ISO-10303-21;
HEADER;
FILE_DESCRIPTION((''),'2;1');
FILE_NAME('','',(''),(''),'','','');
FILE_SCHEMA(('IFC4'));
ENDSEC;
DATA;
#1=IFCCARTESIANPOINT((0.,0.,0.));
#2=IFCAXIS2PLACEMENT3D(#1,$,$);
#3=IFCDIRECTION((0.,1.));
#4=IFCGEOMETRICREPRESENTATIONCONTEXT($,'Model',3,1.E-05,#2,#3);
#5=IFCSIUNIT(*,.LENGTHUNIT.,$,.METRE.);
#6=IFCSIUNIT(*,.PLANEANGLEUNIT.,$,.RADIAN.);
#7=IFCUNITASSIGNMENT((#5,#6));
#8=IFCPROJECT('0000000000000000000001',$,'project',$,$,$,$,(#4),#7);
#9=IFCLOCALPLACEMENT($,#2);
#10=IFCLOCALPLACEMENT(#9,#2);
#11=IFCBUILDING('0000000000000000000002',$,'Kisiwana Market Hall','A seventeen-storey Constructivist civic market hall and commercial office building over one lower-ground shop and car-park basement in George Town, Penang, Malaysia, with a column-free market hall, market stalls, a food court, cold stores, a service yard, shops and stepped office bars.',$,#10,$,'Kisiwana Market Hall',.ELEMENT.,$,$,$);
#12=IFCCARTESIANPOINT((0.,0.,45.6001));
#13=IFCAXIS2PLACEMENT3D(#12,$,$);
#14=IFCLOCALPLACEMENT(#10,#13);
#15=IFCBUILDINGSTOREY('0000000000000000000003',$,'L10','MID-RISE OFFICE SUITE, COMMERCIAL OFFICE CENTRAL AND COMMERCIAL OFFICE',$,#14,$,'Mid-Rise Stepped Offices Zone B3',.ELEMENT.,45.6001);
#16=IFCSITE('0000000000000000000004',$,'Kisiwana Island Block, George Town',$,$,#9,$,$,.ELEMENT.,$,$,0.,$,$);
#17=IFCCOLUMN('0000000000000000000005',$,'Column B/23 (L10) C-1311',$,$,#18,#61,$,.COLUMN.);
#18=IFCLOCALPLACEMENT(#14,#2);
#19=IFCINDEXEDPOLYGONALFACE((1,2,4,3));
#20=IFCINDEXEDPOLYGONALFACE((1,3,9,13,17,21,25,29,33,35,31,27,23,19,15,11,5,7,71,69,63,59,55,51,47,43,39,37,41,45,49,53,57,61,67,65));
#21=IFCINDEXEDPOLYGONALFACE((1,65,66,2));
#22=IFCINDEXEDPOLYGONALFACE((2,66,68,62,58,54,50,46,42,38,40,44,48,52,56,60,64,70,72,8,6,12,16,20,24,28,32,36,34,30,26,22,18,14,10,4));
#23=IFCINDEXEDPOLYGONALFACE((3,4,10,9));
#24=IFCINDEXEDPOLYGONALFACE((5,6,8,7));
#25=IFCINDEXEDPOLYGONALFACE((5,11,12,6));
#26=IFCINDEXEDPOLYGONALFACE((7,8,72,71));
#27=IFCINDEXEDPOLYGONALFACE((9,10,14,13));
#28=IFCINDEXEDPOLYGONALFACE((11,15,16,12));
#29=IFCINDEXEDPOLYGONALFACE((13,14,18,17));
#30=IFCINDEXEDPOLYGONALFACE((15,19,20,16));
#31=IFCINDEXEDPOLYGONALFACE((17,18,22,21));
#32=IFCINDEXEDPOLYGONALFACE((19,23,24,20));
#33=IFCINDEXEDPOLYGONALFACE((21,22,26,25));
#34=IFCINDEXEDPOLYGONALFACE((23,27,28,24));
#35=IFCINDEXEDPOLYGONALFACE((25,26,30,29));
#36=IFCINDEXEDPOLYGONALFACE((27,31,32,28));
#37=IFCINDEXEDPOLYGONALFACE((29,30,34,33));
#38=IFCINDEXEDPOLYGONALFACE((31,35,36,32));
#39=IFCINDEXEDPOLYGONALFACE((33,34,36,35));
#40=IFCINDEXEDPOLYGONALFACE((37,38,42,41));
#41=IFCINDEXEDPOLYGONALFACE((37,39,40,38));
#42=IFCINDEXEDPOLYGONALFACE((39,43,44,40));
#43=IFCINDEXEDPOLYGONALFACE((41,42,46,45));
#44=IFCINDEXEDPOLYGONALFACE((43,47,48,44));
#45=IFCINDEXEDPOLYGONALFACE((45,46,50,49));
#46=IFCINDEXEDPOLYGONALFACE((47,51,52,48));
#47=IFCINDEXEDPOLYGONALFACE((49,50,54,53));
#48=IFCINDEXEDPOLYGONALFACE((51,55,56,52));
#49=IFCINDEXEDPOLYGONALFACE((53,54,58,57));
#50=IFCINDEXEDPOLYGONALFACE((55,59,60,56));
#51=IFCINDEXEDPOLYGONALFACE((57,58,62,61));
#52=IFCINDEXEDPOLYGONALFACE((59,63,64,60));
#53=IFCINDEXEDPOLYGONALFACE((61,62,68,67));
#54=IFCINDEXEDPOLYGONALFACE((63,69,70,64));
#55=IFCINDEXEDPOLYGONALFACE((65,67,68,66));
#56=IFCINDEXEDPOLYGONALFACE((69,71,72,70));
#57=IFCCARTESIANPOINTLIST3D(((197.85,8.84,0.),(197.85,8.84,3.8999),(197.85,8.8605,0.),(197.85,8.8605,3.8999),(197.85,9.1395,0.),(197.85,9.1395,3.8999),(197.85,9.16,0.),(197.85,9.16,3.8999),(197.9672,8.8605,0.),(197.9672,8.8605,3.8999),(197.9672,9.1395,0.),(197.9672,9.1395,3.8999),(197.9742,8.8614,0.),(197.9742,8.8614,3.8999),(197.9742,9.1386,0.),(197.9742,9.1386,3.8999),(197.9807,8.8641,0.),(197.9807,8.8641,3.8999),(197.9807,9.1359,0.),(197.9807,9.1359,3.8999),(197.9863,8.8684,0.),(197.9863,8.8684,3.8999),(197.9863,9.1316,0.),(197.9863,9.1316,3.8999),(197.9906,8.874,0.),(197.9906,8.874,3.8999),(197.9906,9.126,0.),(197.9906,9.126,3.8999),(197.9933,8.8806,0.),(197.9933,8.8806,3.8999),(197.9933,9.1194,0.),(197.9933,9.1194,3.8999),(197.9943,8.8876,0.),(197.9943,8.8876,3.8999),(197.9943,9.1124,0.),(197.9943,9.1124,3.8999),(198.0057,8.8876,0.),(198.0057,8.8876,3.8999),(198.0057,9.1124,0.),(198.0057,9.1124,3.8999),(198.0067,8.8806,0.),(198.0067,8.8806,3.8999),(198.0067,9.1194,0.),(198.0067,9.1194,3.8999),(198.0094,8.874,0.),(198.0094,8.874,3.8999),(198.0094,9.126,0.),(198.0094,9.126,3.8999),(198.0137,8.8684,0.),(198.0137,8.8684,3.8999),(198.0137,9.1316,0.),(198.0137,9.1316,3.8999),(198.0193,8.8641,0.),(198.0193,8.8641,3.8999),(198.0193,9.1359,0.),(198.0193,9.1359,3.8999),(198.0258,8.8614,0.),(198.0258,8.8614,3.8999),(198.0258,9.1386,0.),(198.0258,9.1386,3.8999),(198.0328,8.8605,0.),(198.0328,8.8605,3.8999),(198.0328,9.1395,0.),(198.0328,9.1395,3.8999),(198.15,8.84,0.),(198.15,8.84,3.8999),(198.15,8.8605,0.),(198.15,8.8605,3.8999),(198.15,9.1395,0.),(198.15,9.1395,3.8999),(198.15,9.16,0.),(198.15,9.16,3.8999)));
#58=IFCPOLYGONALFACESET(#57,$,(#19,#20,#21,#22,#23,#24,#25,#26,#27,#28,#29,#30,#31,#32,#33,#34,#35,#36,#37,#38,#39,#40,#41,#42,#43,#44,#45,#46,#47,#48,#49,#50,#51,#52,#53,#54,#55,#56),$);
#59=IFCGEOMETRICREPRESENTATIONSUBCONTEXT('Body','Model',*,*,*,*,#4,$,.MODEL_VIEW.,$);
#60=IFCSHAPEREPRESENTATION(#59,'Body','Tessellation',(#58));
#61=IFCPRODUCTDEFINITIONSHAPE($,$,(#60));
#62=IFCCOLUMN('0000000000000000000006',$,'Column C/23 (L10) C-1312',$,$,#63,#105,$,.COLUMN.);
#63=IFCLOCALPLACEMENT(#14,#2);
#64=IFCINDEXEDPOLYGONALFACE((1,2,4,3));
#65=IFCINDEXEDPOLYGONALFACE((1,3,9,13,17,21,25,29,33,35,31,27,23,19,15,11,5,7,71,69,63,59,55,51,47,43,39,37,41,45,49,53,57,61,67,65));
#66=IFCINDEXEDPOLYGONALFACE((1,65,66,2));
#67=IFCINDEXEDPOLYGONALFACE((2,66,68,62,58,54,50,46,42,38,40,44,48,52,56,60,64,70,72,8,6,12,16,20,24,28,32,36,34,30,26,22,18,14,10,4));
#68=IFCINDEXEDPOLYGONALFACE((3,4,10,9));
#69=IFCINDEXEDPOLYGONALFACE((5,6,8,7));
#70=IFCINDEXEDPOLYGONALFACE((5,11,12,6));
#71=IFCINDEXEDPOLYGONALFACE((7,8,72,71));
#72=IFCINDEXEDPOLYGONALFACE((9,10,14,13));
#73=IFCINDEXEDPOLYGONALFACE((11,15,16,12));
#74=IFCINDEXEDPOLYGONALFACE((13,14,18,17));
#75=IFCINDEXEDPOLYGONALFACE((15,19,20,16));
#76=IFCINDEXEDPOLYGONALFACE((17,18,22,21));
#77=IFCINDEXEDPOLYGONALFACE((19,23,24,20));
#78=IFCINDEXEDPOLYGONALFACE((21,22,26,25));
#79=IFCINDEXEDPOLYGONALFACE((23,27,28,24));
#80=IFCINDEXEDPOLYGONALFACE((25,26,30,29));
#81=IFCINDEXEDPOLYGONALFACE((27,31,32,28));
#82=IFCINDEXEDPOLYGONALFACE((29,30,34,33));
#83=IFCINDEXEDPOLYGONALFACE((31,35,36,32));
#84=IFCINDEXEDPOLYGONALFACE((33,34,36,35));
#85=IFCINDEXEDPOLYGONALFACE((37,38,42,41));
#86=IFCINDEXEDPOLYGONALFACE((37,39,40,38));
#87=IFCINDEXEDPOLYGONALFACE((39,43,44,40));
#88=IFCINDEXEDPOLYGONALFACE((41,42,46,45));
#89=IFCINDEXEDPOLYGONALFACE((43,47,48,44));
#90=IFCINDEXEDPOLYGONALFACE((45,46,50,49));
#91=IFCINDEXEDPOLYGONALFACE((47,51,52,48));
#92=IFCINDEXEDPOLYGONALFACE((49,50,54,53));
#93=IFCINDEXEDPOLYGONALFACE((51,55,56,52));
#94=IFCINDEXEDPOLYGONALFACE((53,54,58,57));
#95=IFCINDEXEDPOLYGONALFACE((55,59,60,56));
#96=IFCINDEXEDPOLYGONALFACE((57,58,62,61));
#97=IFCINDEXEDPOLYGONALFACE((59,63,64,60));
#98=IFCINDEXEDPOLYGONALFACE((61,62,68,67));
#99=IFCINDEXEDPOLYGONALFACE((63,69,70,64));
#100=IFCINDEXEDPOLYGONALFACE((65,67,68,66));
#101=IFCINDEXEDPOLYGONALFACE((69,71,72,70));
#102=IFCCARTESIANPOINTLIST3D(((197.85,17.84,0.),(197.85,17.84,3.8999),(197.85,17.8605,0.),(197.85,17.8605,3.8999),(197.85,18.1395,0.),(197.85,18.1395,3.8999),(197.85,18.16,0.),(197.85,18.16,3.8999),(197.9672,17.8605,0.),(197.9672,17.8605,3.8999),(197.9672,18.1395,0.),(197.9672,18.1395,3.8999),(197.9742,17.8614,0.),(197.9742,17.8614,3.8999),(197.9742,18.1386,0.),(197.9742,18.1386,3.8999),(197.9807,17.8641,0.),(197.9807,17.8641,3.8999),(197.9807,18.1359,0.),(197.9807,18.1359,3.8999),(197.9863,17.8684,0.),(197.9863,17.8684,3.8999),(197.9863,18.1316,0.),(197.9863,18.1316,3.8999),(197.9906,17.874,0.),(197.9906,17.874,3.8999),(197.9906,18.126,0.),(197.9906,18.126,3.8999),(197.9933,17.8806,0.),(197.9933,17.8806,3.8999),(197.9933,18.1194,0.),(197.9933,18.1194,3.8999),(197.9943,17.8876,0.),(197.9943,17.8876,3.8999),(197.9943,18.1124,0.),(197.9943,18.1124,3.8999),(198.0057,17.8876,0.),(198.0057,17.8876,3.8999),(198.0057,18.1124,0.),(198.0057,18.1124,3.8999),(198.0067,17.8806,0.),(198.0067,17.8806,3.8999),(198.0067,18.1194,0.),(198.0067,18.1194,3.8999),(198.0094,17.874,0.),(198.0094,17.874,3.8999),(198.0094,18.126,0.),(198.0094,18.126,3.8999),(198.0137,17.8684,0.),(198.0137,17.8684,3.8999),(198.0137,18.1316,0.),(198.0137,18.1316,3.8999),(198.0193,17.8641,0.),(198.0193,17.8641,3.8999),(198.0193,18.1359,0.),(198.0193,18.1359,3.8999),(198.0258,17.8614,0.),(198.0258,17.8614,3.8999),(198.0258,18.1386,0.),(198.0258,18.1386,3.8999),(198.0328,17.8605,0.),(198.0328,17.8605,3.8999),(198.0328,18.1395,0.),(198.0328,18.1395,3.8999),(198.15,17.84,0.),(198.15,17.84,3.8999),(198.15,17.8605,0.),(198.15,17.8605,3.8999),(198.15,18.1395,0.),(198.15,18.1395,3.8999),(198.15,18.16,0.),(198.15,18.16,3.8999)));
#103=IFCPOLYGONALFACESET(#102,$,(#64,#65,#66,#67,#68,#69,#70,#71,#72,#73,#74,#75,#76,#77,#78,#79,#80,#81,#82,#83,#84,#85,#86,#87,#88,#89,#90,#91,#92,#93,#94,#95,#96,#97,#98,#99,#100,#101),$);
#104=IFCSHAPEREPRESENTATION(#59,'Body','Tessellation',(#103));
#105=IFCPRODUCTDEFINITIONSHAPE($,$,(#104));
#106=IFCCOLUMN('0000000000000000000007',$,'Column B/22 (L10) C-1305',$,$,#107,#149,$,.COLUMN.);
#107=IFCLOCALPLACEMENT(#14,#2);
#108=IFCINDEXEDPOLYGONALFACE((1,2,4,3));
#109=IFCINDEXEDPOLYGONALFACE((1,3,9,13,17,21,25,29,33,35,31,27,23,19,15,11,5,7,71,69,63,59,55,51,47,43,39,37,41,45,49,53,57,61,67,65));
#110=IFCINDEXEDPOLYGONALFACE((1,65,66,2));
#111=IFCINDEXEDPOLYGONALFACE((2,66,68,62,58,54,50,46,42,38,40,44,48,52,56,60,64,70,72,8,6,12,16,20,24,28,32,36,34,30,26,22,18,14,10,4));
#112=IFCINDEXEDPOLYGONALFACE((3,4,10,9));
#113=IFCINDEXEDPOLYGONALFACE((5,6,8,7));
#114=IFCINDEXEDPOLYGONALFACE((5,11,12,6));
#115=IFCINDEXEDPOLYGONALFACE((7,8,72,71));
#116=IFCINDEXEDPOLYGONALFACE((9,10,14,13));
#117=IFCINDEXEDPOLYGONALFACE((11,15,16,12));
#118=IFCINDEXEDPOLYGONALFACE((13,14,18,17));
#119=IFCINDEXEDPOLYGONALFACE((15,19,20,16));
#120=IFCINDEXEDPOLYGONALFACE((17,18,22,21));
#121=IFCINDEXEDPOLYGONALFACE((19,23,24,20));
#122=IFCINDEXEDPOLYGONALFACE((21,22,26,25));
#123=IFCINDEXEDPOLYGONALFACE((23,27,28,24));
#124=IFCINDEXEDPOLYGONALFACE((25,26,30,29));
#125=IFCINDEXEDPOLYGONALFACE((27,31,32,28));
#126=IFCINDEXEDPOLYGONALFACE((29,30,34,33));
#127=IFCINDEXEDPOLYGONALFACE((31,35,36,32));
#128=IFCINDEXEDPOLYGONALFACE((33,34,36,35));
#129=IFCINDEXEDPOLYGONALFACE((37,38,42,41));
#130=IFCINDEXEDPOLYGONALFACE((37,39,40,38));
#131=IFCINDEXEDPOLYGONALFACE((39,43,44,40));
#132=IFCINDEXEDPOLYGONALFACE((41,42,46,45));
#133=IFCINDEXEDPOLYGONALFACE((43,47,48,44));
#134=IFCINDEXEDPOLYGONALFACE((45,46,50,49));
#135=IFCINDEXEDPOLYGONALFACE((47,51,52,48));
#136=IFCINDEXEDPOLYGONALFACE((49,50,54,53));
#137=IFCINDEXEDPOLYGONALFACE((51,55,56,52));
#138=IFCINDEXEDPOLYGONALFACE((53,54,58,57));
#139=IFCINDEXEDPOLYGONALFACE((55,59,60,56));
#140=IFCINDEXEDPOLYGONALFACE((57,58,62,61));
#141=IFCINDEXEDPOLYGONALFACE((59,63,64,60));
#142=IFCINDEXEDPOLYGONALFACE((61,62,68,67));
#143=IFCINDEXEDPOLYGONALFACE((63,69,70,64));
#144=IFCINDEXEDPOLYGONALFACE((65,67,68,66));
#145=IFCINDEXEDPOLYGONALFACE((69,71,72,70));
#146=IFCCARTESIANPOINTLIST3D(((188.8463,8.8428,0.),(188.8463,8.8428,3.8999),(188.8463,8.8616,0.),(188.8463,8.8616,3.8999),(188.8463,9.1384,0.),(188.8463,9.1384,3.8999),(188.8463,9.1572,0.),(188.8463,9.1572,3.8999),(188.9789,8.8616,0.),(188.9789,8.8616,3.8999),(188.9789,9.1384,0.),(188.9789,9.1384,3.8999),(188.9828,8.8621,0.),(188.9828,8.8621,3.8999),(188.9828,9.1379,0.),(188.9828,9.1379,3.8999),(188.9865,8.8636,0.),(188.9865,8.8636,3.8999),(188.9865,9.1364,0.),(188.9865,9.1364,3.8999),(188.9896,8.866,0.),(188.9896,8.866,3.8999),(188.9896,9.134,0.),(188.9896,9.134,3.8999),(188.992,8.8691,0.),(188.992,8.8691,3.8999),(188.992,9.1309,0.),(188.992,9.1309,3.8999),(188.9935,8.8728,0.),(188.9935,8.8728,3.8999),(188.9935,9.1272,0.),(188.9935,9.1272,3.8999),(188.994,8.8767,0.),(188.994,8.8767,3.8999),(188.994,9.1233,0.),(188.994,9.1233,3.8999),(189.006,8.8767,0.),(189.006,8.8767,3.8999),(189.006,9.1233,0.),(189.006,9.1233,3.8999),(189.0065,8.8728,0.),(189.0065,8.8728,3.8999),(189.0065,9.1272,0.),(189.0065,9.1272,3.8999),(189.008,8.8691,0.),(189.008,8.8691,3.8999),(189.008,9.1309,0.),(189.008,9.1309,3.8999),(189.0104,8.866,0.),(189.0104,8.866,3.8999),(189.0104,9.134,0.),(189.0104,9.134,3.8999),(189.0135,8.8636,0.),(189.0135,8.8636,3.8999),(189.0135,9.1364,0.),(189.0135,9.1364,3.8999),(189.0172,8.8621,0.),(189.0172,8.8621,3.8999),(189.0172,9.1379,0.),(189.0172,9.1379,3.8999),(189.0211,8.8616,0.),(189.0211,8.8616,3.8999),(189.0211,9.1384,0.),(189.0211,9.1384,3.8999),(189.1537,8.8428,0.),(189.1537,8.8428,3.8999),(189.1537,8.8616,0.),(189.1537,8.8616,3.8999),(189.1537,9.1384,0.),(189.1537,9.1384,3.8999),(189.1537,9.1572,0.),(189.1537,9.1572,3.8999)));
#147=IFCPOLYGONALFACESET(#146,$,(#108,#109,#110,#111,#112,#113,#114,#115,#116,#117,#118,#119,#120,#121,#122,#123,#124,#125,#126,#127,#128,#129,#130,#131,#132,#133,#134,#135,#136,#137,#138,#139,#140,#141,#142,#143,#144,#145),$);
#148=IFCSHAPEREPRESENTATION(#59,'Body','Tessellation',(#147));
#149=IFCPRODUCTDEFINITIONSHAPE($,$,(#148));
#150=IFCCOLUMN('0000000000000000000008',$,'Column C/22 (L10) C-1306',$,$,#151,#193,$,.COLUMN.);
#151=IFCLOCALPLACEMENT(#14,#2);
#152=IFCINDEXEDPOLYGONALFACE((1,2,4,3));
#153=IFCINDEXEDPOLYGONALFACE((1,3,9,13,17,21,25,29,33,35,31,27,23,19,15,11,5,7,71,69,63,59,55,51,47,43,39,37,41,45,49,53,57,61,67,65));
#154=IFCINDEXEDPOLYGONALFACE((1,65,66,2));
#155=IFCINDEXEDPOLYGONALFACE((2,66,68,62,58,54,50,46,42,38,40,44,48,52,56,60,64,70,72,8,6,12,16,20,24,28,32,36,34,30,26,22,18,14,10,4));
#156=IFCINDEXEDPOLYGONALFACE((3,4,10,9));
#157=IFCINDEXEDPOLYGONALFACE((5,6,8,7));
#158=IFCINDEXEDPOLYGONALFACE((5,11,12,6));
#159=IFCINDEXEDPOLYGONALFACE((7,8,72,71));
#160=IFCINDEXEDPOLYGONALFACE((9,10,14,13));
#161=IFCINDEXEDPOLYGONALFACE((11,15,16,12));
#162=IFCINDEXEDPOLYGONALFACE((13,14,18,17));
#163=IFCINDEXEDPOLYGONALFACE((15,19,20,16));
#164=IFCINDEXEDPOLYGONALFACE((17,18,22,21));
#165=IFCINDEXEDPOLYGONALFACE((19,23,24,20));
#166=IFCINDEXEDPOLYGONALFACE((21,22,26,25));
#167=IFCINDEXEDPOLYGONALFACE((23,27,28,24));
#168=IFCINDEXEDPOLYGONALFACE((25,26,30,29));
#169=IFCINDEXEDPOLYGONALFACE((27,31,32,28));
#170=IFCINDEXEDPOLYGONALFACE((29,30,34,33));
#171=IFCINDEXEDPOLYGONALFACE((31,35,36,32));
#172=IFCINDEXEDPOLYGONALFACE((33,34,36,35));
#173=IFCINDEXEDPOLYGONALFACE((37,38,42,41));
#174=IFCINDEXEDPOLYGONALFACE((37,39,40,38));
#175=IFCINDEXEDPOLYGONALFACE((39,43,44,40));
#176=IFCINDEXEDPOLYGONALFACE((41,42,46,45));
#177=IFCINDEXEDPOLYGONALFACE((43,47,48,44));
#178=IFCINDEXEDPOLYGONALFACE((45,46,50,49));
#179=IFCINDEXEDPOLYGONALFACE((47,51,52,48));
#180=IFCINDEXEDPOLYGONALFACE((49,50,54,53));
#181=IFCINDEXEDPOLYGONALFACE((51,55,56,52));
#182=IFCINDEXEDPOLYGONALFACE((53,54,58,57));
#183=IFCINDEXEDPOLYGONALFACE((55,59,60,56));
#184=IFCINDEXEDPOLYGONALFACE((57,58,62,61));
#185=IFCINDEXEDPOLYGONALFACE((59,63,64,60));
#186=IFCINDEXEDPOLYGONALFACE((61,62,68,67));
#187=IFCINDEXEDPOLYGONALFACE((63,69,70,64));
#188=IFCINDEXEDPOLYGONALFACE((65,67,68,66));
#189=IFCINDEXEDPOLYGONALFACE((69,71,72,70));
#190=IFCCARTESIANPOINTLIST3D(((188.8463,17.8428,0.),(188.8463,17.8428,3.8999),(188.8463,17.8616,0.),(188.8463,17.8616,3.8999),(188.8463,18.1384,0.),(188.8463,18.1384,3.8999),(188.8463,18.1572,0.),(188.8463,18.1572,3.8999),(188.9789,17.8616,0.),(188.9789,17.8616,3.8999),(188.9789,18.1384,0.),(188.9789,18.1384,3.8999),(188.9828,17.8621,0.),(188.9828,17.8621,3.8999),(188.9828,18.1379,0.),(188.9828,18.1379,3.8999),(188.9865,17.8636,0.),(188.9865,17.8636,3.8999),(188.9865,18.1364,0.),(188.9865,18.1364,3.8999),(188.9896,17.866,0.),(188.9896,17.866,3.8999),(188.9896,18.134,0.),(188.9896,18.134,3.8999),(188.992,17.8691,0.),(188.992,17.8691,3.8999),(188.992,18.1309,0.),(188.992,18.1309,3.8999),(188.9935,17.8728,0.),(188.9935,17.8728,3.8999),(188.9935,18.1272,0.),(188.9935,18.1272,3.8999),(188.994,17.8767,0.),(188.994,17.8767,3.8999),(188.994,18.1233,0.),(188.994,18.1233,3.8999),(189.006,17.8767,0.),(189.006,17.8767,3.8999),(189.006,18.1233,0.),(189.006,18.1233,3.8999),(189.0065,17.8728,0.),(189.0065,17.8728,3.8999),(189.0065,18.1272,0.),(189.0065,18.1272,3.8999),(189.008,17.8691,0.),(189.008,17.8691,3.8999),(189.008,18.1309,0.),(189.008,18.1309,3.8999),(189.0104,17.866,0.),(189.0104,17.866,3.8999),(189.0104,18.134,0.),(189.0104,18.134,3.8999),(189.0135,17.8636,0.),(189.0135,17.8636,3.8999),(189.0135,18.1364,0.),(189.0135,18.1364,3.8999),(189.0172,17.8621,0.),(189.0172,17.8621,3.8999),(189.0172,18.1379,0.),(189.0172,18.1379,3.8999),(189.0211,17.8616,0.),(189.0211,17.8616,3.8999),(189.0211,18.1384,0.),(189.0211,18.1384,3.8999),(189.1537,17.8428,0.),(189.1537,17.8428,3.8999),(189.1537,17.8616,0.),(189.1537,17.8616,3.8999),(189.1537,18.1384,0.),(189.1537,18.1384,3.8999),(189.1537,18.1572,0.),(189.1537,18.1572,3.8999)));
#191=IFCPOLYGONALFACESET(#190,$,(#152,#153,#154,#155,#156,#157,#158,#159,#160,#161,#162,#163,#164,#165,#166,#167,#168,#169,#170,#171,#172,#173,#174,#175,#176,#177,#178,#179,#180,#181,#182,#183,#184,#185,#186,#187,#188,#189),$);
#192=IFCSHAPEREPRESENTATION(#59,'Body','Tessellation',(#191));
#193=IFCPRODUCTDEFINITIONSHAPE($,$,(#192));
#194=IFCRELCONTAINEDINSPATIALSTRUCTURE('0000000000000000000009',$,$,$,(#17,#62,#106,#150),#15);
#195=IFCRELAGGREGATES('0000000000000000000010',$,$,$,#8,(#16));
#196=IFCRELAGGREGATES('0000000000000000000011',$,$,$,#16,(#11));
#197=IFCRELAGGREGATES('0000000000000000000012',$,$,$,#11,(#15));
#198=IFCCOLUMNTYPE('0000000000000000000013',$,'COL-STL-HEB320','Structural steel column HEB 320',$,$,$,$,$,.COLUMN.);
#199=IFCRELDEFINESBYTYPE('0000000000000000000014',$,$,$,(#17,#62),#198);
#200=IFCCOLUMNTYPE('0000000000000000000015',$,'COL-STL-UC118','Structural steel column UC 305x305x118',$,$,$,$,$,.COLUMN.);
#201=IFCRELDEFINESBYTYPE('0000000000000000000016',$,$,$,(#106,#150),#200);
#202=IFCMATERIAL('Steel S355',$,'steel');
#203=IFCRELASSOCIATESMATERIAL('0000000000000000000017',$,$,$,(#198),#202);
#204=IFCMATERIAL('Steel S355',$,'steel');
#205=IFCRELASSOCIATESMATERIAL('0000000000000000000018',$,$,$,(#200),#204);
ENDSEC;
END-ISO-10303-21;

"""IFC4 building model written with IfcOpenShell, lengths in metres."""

from ifc_helpers import new_model, si_unit, direction, frame, origin, origin_2d, place, context, subcontext, project, spatial, i_section, extrude, material, material_profile, profile_set, type_object, element, save


model = new_model("IFC4")

# Units and contexts
model_context = context("Model", 3, precision=1e-05, world=origin(), true_north=direction((0.0, 1.0)))
body_context = subcontext(model_context, "Body", "Model", "MODEL_VIEW")
ifc_project = project(units=[si_unit("LENGTHUNIT", "METRE"), si_unit("PLANEANGLEUNIT", "RADIAN")], contexts=[model_context])

# Site, building, storey
site_placement = place(None, origin())
site = spatial("IfcSite", under=ifc_project, at=site_placement, Name="Kisiwana Island Block, George Town", CompositionType="ELEMENT", RefElevation=0.0)
building_placement = place(site_placement, origin())
building = spatial("IfcBuilding", under=site, at=building_placement, Name="Kisiwana Market Hall", Description="A seventeen-storey Constructivist civic market hall and commercial office building over one lower-ground shop and car-park basement in George Town, Penang, Malaysia, with a column-free market hall, market stalls, a food court, cold stores, a service yard, shops and stepped office bars.", LongName="Kisiwana Market Hall", CompositionType="ELEMENT")
storey_placement = place(building_placement, frame((0.0, 0.0, 45.6001)))
storey = spatial("IfcBuildingStorey", under=building, at=storey_placement, Name="L10", Description="MID-RISE OFFICE SUITE, COMMERCIAL OFFICE CENTRAL AND COMMERCIAL OFFICE", LongName="Mid-Rise Stepped Offices Zone B3", CompositionType="ELEMENT", Elevation=45.6001)

# Columns
ifc_material_1 = material(Name="Steel S355", Category="steel")
ifc_material_profile_1 = material_profile(ifc_material_1, i_section(OverallWidth=0.3, OverallDepth=0.3201, WebThickness=0.0115, FlangeThickness=0.0205, FilletRadius=0.0271, at=origin_2d()), Name="HEB 320")
ifc_profile_set_1 = profile_set([ifc_material_profile_1], Name="Steel S355")
column_type_1 = type_object("IfcColumnType", Name="COL-STL-HEB320", Description="Structural steel column HEB 320", PredefinedType="COLUMN", material=ifc_profile_set_1)
for number, where, z_axis, x_axis, name in (
    (1, (198.0, 9.0, 0.0), (0.0, 0.0, 1.0), (1.0, 0.0, 0.0), "Column B/23 (L10) C-1311"),
    (2, (198.0, 18.0, 0.0), (0.0, 0.0, 1.0), (1.0, 0.0, 0.0), "Column C/23 (L10) C-1312"),
):
    element("IfcColumn", number, at=place(storey_placement, frame(where, z_axis=z_axis, x_axis=x_axis)), inside=storey, type_object=column_type_1, Name=name, PredefinedType="COLUMN", context=body_context, shape_type="SweptSolid", body=[
        extrude(i_section(OverallWidth=0.3, OverallDepth=0.3201, WebThickness=0.0115, FlangeThickness=0.0205, FilletRadius=0.0271, at=origin_2d()), origin(), (0.0, 0.0, 1.0), 3.8999),
    ])
ifc_material_2 = material(Name="Steel S355", Category="steel")
ifc_material_profile_2 = material_profile(ifc_material_2, i_section(OverallWidth=0.3074, OverallDepth=0.3145, WebThickness=0.012, FlangeThickness=0.0188, FilletRadius=0.0151, at=origin_2d()), Name="UC 305x305x118")
ifc_profile_set_2 = profile_set([ifc_material_profile_2], Name="Steel S355")
column_type_2 = type_object("IfcColumnType", Name="COL-STL-UC118", Description="Structural steel column UC 305x305x118", PredefinedType="COLUMN", material=ifc_profile_set_2)
for number, where, z_axis, x_axis, name in (
    (3, (189.0, 9.0, 0.0), (0.0, 0.0, 1.0), (1.0, 0.0, 0.0), "Column B/22 (L10) C-1305"),
    (4, (189.0, 18.0, 0.0), (0.0, 0.0, 1.0), (1.0, 0.0, 0.0), "Column C/22 (L10) C-1306"),
):
    element("IfcColumn", number, at=place(storey_placement, frame(where, z_axis=z_axis, x_axis=x_axis)), inside=storey, type_object=column_type_2, Name=name, PredefinedType="COLUMN", context=body_context, shape_type="SweptSolid", body=[
        extrude(i_section(OverallWidth=0.3074, OverallDepth=0.3145, WebThickness=0.012, FlangeThickness=0.0188, FilletRadius=0.0151, at=origin_2d()), origin(), (0.0, 0.0, 1.0), 3.8999),
    ])

save(model, "model.ifc")
